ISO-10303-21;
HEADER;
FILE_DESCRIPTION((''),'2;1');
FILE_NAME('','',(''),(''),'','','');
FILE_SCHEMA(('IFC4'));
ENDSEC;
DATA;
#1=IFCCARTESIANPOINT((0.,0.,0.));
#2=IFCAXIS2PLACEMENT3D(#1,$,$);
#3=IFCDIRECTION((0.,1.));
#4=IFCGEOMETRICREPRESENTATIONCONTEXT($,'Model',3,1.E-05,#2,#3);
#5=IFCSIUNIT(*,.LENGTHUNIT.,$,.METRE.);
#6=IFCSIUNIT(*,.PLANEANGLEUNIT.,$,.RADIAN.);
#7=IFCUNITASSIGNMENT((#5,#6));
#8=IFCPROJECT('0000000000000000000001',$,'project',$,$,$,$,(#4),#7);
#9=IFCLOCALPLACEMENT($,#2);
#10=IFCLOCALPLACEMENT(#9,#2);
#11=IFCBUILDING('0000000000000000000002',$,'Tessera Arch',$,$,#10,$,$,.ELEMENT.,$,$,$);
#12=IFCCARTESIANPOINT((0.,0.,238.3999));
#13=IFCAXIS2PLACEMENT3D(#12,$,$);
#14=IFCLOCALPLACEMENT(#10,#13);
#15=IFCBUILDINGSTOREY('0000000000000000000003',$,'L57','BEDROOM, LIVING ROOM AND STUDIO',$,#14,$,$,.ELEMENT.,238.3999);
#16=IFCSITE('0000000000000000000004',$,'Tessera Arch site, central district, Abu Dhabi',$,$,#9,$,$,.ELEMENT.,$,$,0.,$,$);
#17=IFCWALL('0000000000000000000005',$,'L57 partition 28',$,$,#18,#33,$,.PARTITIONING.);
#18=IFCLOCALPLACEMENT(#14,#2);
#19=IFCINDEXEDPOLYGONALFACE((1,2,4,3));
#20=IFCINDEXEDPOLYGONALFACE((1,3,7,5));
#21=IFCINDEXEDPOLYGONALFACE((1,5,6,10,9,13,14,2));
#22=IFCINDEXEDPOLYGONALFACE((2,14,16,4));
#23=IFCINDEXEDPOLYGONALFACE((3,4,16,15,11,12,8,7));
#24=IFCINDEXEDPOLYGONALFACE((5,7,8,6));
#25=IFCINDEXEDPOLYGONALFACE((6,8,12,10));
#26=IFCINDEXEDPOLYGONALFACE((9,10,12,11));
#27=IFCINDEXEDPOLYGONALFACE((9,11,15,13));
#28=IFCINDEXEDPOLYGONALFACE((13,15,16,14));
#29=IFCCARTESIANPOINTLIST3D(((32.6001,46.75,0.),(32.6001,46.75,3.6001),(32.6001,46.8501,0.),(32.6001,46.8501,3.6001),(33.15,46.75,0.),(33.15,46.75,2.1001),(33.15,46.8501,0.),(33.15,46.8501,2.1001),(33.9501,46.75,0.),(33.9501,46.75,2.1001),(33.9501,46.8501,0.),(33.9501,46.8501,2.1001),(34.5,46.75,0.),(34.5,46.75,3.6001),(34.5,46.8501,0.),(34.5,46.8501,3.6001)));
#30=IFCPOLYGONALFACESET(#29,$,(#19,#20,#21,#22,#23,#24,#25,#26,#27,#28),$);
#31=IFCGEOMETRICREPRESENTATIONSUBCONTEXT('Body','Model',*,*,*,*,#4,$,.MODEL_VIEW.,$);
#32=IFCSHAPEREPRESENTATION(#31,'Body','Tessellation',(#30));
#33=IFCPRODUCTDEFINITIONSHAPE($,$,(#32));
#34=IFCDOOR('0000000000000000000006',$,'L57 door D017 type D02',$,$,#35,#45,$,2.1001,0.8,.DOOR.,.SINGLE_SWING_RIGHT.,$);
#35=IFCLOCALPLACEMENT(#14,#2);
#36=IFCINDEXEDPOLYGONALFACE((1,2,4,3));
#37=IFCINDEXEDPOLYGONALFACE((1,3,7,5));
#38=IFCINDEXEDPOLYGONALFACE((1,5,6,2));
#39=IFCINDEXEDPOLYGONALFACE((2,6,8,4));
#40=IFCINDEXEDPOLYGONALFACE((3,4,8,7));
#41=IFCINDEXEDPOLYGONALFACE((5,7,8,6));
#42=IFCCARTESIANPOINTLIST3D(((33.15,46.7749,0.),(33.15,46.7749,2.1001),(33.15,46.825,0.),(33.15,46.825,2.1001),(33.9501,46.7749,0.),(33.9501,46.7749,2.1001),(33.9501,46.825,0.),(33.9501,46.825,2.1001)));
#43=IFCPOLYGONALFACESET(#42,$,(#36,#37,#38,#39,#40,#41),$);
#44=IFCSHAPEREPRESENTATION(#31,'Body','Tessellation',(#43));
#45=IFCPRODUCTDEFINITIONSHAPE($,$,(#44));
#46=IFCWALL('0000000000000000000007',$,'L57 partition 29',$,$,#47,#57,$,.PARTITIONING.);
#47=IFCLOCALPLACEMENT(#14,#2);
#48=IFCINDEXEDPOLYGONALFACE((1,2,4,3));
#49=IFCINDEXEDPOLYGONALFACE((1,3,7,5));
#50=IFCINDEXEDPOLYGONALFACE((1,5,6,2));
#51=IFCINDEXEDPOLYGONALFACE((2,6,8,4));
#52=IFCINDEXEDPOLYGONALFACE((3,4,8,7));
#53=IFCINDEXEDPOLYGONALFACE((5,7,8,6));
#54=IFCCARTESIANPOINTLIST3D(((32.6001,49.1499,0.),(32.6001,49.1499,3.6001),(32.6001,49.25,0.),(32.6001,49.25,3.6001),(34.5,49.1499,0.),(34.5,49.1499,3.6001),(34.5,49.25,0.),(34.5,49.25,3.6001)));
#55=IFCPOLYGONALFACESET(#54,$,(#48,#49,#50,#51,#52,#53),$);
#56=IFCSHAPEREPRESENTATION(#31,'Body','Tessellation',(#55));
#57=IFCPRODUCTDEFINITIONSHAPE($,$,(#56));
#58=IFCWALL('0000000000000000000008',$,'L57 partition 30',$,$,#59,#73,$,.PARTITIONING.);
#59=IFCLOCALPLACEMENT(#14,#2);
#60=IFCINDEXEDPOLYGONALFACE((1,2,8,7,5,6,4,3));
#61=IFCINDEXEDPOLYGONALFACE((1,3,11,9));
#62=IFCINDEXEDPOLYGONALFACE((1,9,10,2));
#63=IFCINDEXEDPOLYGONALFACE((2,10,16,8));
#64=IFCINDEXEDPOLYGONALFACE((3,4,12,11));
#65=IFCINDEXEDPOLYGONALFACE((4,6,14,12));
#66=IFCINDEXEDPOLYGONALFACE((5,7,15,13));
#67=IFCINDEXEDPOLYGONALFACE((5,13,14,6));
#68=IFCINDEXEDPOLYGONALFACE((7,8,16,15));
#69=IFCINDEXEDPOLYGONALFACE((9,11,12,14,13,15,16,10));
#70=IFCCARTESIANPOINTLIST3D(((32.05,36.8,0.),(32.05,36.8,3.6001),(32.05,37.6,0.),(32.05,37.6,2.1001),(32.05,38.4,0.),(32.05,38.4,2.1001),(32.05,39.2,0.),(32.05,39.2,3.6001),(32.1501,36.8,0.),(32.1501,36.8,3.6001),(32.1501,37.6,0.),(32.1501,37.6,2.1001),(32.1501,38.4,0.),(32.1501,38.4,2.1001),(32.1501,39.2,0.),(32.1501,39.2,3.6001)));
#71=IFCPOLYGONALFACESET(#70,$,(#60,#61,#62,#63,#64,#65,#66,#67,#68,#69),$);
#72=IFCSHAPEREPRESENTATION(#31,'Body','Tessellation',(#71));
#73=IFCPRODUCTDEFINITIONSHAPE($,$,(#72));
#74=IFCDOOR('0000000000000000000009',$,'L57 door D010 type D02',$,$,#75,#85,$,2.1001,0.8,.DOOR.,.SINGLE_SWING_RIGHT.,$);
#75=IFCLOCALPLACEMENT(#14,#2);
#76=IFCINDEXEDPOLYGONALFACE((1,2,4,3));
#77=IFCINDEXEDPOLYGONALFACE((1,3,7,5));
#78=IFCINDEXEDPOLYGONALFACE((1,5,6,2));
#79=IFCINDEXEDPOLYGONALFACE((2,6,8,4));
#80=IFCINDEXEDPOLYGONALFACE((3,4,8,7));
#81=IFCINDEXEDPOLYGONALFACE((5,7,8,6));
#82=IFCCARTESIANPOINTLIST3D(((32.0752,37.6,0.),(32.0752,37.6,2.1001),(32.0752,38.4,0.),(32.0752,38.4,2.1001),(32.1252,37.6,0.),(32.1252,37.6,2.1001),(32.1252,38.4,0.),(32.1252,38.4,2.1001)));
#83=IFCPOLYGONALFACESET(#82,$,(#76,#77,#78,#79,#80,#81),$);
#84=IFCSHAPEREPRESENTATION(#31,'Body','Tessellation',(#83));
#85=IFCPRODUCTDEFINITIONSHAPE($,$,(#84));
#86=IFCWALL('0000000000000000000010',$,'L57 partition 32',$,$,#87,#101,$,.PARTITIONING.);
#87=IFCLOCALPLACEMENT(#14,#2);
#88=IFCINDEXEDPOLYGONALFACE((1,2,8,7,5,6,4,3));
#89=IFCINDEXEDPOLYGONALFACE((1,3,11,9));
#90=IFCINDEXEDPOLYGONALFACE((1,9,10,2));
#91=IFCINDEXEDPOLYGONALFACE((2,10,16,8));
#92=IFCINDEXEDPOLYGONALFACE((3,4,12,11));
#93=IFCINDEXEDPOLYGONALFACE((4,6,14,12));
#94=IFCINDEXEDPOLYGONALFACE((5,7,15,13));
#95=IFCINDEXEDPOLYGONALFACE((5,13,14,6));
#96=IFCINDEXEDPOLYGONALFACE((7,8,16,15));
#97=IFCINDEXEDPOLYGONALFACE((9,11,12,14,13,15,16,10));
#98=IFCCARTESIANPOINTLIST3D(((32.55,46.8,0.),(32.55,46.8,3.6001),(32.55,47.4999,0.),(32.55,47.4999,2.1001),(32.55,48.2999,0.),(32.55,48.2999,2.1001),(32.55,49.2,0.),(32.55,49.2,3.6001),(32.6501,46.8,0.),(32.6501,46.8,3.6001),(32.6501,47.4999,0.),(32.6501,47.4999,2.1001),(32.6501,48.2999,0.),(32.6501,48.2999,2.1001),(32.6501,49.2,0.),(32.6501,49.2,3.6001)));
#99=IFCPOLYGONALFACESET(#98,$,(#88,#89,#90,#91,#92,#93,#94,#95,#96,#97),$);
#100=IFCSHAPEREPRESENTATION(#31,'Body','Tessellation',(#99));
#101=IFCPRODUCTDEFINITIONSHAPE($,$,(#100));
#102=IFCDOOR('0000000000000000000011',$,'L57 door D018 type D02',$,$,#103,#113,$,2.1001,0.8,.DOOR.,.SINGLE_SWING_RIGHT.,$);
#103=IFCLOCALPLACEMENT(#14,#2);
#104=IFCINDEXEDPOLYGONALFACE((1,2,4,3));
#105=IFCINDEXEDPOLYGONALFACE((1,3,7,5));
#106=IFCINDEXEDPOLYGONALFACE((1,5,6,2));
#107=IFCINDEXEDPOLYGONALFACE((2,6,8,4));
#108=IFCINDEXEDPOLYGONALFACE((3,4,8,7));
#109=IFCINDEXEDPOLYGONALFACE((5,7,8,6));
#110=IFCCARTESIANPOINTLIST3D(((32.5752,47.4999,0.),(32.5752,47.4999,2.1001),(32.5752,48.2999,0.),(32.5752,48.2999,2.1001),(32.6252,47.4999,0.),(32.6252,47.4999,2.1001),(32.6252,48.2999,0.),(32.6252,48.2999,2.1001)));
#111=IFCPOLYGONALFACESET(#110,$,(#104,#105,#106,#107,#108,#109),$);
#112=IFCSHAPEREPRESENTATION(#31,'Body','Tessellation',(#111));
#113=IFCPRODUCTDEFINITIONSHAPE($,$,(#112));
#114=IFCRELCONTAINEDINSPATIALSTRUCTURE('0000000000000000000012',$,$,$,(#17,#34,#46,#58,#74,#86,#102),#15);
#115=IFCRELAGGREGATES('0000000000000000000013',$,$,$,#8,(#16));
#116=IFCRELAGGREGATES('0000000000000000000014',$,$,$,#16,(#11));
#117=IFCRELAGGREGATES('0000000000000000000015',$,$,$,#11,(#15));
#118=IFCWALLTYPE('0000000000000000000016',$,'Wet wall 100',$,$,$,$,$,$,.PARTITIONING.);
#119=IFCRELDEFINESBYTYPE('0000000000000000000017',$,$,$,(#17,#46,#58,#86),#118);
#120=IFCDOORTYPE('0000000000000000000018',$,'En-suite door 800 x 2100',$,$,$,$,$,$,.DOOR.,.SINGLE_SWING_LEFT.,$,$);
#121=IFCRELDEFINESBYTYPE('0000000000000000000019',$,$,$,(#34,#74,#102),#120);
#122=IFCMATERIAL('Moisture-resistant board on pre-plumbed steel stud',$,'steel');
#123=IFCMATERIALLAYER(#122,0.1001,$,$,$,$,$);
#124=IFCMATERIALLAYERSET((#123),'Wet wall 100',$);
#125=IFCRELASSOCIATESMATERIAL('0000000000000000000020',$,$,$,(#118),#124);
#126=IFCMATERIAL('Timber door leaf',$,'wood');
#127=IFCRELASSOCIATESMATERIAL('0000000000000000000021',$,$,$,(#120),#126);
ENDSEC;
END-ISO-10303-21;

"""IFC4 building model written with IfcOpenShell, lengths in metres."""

from ifc_helpers import new_model, si_unit, direction, frame, frame_2d, origin, place, context, subcontext, project, spatial, rectangle, extrude, material, layer, layer_set, type_object, element, fill, save


model = new_model("IFC4")

# Units and contexts
model_context = context("Model", 3, precision=1e-05, world=origin(), true_north=direction((0.0, 1.0)))
body_context = subcontext(model_context, "Body", "Model", "MODEL_VIEW")
ifc_project = project(units=[si_unit("LENGTHUNIT", "METRE"), si_unit("PLANEANGLEUNIT", "RADIAN")], contexts=[model_context])

# Site, building, storey
site_placement = place(None, origin())
site = spatial("IfcSite", under=ifc_project, at=site_placement, Name="Tessera Arch site, central district, Abu Dhabi", CompositionType="ELEMENT", RefElevation=0.0)
building_placement = place(site_placement, origin())
building = spatial("IfcBuilding", under=site, at=building_placement, Name="Tessera Arch", CompositionType="ELEMENT")
storey_placement = place(building_placement, frame((0.0, 0.0, 238.3999)))
storey = spatial("IfcBuildingStorey", under=building, at=storey_placement, Name="L57", Description="BEDROOM, LIVING ROOM AND STUDIO", CompositionType="ELEMENT", Elevation=238.3999)

# Shared definitions
ifc_material_1 = material(Name="Moisture-resistant board on pre-plumbed steel stud", Category="steel")
ifc_layer_1 = layer(ifc_material_1, 0.1001)
ifc_layer_set_1 = layer_set([ifc_layer_1], Name="Wet wall 100")
wall_type_1 = type_object("IfcWallType", Name="Wet wall 100", PredefinedType="PARTITIONING", material=ifc_layer_set_1)

# Wall, opening, door
wall_1_placement = place(storey_placement, frame((32.6001, 46.8, 0.0), z_axis=(0.0, 0.0, 1.0), x_axis=(1.0, 0.0, 0.0)))
wall_1 = element("IfcWall", 1, at=wall_1_placement, inside=storey, type_object=wall_type_1, Name="L57 partition 28", PredefinedType="PARTITIONING", context=body_context, shape_type="SweptSolid", body=[
    extrude(rectangle(XDim=1.8999, YDim=0.1001, at=frame_2d((0.95, 0.0))), origin(), (0.0, 0.0, 1.0), 3.6001),
])
opening_1_placement = place(wall_1_placement, frame((0.55, 0.0, 0.0)))
opening_1 = element("IfcOpeningElement", 2, at=opening_1_placement, cuts=wall_1, PredefinedType="OPENING", context=body_context, shape_type="SweptSolid", body=[
    extrude(rectangle(XDim=0.8, YDim=2.1001, at=frame_2d((0.3999, 1.05))), frame((0.0, 0.0601, 0.0), z_axis=(0.0, -1.0, 0.0), x_axis=(1.0, 0.0, 0.0)), (0.0, 0.0, 1.0), 0.1201),
])
ifc_material_2 = material(Name="Timber door leaf", Category="wood")
door_type_1 = type_object("IfcDoorType", Name="En-suite door 800 x 2100", OperationType="SINGLE_SWING_LEFT", PredefinedType="DOOR", material=ifc_material_2)
door_1_placement = place(opening_1_placement, origin())
door_1 = element("IfcDoor", 3, at=door_1_placement, inside=storey, type_object=door_type_1, Name="L57 door D017 type D02", OperationType="SINGLE_SWING_RIGHT", OverallHeight=2.1001, OverallWidth=0.8, PredefinedType="DOOR", context=body_context, shape_type="SweptSolid", body=[
    extrude(rectangle(XDim=0.8, YDim=2.1001, at=frame_2d((0.3999, 1.05))), frame((0.0, 0.0249, 0.0), z_axis=(0.0, -1.0, 0.0), x_axis=(1.0, 0.0, 0.0)), (0.0, 0.0, 1.0), 0.05),
])
fill(opening_1, door_1)

# Wall
wall_2_placement = place(storey_placement, frame((32.6001, 49.2, 0.0), z_axis=(0.0, 0.0, 1.0), x_axis=(1.0, 0.0, 0.0)))
element("IfcWall", 4, at=wall_2_placement, inside=storey, type_object=wall_type_1, Name="L57 partition 29", PredefinedType="PARTITIONING", context=body_context, shape_type="SweptSolid", body=[
    extrude(rectangle(XDim=1.8999, YDim=0.1001, at=frame_2d((0.95, 0.0))), origin(), (0.0, 0.0, 1.0), 3.6001),
])

# Walls, openings, doors
wall_3_placement = place(storey_placement, frame((32.1001, 36.8, 0.0), z_axis=(0.0, 0.0, 1.0), x_axis=(0.0, 1.0, 0.0)))
wall_3 = element("IfcWall", 5, at=wall_3_placement, inside=storey, type_object=wall_type_1, Name="L57 partition 30", PredefinedType="PARTITIONING", context=body_context, shape_type="SweptSolid", body=[
    extrude(rectangle(XDim=2.3999, YDim=0.1001, at=frame_2d((1.2, 0.0))), origin(), (0.0, 0.0, 1.0), 3.6001),
])
opening_2_placement = place(wall_3_placement, frame((0.8, 0.0, 0.0)))
opening_2 = element("IfcOpeningElement", 6, at=opening_2_placement, cuts=wall_3, PredefinedType="OPENING", context=body_context, shape_type="SweptSolid", body=[
    extrude(rectangle(XDim=0.8, YDim=2.1001, at=frame_2d((0.3999, 1.05))), frame((0.0, 0.0601, 0.0), z_axis=(0.0, -1.0, 0.0), x_axis=(1.0, 0.0, 0.0)), (0.0, 0.0, 1.0), 0.1201),
])
door_2_placement = place(opening_2_placement, origin())
door_2 = element("IfcDoor", 7, at=door_2_placement, inside=storey, type_object=door_type_1, Name="L57 door D010 type D02", OperationType="SINGLE_SWING_RIGHT", OverallHeight=2.1001, OverallWidth=0.8, PredefinedType="DOOR", context=body_context, shape_type="SweptSolid", body=[
    extrude(rectangle(XDim=0.8, YDim=2.1001, at=frame_2d((0.3999, 1.05))), frame((0.0, 0.0249, 0.0), z_axis=(0.0, -1.0, 0.0), x_axis=(1.0, 0.0, 0.0)), (0.0, 0.0, 1.0), 0.05),
])
fill(opening_2, door_2)
wall_4_placement = place(storey_placement, frame((32.6001, 46.8, 0.0), z_axis=(0.0, 0.0, 1.0), x_axis=(0.0, 1.0, 0.0)))
wall_4 = element("IfcWall", 8, at=wall_4_placement, inside=storey, type_object=wall_type_1, Name="L57 partition 32", PredefinedType="PARTITIONING", context=body_context, shape_type="SweptSolid", body=[
    extrude(rectangle(XDim=2.3999, YDim=0.1001, at=frame_2d((1.2, 0.0))), origin(), (0.0, 0.0, 1.0), 3.6001),
])
opening_3_placement = place(wall_4_placement, frame((0.7, 0.0, 0.0)))
opening_3 = element("IfcOpeningElement", 9, at=opening_3_placement, cuts=wall_4, PredefinedType="OPENING", context=body_context, shape_type="SweptSolid", body=[
    extrude(rectangle(XDim=0.8, YDim=2.1001, at=frame_2d((0.3999, 1.05))), frame((0.0, 0.0601, 0.0), z_axis=(0.0, -1.0, 0.0), x_axis=(1.0, 0.0, 0.0)), (0.0, 0.0, 1.0), 0.1201),
])
door_3_placement = place(opening_3_placement, origin())
door_3 = element("IfcDoor", 10, at=door_3_placement, inside=storey, type_object=door_type_1, Name="L57 door D018 type D02", OperationType="SINGLE_SWING_RIGHT", OverallHeight=2.1001, OverallWidth=0.8, PredefinedType="DOOR", context=body_context, shape_type="SweptSolid", body=[
    extrude(rectangle(XDim=0.8, YDim=2.1001, at=frame_2d((0.3999, 1.05))), frame((0.0, 0.0249, 0.0), z_axis=(0.0, -1.0, 0.0), x_axis=(1.0, 0.0, 0.0)), (0.0, 0.0, 1.0), 0.05),
])
fill(opening_3, door_3)

save(model, "model.ifc")
